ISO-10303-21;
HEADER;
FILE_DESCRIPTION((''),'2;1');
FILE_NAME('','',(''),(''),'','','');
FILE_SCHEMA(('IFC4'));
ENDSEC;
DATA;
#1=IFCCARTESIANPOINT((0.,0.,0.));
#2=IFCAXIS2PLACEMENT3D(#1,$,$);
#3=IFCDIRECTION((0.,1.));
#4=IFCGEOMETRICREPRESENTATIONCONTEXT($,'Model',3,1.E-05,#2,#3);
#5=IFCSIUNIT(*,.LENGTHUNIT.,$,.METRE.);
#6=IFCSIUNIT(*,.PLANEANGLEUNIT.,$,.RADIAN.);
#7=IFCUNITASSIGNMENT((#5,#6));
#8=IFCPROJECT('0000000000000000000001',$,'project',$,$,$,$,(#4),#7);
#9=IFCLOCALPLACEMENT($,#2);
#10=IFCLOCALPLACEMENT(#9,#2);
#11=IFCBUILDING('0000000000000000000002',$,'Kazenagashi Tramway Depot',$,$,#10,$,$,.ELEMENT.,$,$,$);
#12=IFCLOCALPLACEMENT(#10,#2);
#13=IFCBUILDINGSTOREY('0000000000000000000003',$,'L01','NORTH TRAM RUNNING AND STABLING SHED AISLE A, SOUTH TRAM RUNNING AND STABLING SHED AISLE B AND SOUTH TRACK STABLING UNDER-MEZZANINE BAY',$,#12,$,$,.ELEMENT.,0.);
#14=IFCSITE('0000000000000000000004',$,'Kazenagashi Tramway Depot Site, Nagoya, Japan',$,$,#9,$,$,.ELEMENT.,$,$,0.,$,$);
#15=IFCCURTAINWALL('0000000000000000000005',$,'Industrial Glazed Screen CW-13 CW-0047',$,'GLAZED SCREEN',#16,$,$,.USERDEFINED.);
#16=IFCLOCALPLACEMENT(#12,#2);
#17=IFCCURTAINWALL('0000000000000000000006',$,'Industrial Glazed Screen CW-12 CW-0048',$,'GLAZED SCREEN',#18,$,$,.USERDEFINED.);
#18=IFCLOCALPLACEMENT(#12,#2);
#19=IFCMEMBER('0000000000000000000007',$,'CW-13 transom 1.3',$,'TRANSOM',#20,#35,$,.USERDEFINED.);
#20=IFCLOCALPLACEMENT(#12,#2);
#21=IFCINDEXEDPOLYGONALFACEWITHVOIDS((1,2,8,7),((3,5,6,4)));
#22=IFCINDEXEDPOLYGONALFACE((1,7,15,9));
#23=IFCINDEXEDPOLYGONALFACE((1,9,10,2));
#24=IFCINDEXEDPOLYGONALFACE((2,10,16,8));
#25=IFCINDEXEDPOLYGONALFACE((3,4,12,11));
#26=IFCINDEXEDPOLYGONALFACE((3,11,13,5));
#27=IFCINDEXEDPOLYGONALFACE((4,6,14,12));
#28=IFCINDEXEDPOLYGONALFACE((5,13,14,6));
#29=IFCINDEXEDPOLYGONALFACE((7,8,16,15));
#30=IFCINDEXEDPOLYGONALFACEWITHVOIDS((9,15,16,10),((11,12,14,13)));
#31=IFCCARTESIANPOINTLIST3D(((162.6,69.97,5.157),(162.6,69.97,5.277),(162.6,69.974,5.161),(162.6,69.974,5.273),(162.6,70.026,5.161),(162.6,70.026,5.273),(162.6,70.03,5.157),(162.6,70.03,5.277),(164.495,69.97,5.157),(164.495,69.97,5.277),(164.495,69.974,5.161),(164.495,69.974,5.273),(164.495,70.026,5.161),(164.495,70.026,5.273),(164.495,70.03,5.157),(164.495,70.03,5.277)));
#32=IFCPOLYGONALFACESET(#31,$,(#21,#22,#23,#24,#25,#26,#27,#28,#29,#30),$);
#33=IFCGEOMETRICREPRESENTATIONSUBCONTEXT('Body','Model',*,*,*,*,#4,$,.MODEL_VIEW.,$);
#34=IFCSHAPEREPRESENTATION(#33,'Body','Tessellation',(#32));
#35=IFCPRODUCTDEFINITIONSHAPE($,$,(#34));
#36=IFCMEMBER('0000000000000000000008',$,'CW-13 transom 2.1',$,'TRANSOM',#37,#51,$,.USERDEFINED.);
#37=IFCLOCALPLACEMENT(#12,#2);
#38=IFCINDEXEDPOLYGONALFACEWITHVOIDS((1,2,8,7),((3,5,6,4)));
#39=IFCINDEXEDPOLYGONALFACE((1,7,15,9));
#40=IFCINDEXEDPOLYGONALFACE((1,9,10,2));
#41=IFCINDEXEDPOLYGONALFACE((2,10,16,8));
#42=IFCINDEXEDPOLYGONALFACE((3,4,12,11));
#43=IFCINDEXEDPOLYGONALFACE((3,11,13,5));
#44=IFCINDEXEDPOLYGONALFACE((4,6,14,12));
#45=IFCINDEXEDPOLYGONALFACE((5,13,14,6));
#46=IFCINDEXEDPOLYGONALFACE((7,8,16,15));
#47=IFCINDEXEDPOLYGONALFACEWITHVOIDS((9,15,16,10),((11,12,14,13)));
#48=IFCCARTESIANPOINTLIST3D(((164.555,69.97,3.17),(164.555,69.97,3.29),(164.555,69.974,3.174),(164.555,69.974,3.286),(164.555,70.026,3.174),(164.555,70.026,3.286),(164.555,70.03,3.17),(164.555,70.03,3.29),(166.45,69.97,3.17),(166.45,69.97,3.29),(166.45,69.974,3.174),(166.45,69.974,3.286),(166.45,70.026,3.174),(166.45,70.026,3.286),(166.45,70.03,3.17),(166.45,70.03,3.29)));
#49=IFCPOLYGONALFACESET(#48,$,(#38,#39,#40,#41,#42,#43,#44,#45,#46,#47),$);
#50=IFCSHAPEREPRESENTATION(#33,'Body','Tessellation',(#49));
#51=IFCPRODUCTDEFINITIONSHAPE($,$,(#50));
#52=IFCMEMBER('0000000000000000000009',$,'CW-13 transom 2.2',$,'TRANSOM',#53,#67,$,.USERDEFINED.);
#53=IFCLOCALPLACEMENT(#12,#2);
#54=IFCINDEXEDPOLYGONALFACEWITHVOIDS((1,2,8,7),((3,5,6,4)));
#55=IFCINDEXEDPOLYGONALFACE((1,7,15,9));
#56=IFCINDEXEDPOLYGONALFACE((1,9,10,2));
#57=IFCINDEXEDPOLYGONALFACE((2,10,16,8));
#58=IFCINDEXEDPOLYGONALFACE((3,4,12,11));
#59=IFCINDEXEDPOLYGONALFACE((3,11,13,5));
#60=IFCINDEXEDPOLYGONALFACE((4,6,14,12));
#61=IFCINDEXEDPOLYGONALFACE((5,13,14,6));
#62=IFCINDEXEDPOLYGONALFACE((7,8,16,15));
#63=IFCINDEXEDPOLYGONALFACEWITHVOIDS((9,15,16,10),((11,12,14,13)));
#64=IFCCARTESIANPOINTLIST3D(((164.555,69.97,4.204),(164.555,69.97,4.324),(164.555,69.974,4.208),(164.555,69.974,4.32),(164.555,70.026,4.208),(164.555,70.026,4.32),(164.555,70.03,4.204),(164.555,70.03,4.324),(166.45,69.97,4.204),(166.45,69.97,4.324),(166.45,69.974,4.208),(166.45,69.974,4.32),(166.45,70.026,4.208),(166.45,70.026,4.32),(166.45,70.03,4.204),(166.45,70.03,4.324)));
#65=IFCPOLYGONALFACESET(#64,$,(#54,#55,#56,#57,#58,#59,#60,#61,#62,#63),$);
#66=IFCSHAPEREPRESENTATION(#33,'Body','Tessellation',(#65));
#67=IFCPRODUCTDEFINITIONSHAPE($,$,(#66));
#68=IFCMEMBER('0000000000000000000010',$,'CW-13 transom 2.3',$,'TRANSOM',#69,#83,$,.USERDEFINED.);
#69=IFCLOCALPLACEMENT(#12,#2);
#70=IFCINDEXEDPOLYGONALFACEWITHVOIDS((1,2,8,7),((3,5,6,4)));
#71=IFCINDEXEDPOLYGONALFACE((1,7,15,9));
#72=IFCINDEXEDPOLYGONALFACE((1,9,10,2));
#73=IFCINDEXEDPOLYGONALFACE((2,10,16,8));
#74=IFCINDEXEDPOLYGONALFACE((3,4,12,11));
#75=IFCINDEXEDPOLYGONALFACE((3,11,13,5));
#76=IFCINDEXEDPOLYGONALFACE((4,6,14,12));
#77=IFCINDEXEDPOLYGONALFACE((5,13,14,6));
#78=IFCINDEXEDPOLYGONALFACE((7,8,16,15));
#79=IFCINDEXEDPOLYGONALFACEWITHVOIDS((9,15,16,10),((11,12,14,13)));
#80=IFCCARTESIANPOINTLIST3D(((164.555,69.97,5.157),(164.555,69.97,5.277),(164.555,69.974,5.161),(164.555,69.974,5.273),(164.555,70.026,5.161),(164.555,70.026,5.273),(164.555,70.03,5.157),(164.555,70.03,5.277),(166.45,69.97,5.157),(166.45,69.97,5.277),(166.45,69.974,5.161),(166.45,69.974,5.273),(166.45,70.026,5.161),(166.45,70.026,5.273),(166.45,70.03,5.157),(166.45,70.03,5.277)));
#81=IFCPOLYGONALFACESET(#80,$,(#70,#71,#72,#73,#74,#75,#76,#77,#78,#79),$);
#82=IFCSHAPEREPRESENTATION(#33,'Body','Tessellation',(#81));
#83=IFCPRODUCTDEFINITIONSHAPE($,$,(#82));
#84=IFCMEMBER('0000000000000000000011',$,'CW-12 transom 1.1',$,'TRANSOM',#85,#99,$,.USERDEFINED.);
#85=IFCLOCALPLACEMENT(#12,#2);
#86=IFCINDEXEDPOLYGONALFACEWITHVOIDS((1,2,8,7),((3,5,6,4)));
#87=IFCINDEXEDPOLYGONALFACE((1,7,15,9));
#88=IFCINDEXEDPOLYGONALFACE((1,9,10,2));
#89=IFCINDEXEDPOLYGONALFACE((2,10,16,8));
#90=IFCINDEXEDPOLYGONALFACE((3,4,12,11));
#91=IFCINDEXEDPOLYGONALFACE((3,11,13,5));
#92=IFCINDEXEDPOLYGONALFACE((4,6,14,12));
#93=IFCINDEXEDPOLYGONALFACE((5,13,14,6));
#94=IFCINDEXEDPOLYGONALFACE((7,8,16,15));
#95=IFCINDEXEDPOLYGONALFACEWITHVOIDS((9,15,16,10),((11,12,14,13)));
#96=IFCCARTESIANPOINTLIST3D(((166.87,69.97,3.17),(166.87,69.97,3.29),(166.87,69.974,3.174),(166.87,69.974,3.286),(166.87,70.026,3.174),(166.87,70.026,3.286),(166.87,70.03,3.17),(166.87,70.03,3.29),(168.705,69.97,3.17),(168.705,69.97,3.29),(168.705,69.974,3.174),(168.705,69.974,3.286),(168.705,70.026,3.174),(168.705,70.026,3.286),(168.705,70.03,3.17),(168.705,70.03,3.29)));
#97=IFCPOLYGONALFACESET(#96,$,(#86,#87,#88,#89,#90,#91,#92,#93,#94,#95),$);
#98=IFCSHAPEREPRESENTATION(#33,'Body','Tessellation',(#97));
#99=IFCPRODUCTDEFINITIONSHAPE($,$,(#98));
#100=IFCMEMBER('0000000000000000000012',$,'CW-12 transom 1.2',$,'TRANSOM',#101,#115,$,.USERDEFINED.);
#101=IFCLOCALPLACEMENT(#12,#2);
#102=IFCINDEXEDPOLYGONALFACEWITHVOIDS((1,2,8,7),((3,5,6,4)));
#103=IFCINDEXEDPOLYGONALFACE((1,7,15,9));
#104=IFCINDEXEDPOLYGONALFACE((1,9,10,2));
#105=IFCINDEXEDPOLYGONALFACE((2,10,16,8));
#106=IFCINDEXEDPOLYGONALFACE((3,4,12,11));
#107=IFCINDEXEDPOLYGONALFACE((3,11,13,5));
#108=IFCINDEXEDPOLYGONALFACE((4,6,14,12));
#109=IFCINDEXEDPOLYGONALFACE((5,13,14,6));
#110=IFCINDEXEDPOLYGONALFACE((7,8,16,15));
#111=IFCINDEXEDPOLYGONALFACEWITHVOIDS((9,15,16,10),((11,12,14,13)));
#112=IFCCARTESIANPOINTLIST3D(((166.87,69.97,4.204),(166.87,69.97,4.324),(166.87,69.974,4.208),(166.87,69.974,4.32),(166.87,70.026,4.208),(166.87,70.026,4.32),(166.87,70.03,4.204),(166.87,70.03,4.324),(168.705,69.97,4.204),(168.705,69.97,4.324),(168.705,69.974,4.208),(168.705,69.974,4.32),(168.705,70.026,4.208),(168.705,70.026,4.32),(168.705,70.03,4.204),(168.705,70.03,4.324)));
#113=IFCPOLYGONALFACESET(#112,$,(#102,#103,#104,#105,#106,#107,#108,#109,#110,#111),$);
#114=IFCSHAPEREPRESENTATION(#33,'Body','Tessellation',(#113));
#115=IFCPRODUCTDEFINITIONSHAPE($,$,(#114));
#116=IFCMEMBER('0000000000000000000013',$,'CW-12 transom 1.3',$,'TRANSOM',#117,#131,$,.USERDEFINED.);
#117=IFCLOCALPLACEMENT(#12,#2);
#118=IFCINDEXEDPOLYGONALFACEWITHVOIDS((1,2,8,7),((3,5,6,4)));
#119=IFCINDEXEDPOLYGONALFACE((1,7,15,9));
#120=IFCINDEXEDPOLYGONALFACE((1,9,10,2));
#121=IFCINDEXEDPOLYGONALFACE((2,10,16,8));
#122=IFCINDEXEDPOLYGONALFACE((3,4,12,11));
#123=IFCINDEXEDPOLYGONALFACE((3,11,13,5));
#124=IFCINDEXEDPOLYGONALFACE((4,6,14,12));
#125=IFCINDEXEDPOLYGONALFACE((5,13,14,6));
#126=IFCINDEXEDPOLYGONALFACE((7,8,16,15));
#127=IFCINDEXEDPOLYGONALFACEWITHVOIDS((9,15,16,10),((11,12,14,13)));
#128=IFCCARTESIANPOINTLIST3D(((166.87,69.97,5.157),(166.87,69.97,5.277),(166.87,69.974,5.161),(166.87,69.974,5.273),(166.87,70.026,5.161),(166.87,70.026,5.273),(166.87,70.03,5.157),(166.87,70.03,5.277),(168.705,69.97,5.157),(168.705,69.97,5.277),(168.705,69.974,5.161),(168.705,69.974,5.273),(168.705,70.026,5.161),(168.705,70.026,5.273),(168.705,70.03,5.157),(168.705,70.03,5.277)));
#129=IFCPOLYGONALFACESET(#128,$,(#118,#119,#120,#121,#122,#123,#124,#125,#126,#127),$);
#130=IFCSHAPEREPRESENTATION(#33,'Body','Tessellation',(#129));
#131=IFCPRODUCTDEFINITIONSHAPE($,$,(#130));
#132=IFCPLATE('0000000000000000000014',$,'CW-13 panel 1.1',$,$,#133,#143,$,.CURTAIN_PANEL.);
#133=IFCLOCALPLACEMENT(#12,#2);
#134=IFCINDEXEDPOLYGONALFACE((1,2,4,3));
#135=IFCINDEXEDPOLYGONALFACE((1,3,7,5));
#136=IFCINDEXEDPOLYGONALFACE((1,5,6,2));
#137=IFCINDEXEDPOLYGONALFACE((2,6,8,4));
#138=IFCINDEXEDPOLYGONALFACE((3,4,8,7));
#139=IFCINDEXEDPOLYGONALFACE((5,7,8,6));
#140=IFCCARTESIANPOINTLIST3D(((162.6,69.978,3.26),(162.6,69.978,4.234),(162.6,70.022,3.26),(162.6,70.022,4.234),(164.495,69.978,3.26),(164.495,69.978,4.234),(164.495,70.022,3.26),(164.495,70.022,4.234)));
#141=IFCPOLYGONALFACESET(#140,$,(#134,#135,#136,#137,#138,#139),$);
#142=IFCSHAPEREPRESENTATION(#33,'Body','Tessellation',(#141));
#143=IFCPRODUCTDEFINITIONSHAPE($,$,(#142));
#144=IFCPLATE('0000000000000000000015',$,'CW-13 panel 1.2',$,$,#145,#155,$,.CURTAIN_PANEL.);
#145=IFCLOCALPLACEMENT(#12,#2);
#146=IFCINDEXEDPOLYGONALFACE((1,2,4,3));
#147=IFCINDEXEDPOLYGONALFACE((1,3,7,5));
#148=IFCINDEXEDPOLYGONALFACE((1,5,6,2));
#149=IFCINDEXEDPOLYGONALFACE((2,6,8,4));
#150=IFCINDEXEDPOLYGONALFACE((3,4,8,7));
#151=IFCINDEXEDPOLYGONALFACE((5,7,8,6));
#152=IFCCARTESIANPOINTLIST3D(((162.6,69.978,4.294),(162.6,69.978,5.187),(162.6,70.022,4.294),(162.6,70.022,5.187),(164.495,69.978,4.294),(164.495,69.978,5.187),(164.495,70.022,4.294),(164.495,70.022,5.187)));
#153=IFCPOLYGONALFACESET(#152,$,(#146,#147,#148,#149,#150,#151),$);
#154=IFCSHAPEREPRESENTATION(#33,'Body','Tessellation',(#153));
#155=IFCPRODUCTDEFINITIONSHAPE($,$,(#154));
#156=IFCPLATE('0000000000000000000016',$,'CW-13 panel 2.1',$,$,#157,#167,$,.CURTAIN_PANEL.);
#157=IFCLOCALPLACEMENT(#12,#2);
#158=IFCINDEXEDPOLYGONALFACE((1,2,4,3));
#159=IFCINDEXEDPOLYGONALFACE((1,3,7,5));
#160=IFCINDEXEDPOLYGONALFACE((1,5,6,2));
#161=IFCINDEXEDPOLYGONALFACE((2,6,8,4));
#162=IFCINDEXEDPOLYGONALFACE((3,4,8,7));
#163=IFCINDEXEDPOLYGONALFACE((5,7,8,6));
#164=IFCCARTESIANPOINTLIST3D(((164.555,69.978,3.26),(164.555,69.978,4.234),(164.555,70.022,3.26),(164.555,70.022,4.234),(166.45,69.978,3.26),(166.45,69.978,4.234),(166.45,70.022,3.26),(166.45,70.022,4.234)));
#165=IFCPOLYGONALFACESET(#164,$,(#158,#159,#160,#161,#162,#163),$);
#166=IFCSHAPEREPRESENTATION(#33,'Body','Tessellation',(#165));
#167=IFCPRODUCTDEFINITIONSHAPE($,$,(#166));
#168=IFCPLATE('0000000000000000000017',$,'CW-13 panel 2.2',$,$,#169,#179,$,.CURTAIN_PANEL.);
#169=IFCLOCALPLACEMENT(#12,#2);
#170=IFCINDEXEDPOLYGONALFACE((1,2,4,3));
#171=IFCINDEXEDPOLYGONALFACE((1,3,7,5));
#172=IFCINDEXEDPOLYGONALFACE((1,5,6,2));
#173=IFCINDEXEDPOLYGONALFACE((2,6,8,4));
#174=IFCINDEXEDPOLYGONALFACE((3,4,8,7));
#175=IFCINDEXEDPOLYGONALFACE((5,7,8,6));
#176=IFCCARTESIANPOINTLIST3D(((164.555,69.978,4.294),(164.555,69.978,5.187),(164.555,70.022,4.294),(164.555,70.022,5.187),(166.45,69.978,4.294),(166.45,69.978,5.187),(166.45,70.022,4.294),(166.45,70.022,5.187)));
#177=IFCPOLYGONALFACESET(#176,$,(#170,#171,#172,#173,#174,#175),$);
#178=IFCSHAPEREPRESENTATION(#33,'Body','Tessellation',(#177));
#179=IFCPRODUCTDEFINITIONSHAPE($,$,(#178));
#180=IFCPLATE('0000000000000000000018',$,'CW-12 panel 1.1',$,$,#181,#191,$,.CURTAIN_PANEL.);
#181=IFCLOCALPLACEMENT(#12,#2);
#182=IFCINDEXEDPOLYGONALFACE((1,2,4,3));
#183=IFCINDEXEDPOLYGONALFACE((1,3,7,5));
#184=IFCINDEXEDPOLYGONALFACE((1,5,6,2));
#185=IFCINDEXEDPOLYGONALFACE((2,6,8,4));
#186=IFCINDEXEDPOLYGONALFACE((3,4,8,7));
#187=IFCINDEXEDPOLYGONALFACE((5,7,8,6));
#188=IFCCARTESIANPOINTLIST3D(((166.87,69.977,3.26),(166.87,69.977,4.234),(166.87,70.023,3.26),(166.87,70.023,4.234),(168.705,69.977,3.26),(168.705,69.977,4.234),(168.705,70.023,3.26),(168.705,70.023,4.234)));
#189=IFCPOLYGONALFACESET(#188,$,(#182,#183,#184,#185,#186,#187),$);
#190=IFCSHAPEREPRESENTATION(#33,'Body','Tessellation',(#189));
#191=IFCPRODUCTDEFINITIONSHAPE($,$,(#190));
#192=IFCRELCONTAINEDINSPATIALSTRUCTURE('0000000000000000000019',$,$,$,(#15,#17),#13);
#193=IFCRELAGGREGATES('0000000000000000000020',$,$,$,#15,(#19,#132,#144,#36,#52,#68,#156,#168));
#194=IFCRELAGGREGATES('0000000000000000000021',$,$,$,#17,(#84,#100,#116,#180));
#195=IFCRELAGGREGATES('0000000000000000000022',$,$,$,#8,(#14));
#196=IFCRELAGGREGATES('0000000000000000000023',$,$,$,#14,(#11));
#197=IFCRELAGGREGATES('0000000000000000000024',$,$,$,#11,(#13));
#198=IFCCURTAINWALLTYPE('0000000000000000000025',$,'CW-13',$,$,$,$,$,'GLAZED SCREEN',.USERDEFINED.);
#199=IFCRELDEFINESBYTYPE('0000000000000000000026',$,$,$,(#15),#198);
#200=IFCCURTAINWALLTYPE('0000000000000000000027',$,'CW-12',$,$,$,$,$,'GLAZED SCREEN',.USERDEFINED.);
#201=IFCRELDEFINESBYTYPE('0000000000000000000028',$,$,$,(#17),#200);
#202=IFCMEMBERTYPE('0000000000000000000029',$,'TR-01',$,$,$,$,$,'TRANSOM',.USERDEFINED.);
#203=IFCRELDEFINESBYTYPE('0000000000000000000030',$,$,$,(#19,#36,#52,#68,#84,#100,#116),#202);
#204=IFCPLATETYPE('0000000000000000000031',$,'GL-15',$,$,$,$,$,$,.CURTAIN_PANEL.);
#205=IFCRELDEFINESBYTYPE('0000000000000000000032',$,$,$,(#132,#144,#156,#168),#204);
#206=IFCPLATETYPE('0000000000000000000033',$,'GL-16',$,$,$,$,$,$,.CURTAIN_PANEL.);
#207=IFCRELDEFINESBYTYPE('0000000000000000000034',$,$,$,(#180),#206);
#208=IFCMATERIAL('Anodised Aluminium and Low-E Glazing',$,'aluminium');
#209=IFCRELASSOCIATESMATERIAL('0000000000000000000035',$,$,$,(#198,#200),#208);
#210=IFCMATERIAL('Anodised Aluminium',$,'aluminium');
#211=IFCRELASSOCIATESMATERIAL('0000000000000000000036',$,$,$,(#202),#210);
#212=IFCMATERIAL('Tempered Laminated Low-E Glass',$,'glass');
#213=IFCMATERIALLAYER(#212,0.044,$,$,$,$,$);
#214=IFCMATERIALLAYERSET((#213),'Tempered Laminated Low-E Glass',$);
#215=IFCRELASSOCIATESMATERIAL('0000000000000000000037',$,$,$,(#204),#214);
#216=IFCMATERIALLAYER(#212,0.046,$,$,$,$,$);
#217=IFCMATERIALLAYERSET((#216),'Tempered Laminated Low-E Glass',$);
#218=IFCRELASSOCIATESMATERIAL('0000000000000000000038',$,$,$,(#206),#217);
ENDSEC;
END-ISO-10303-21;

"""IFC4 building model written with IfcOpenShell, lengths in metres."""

from ifc_helpers import new_model, si_unit, direction, frame, origin, origin_2d, place, context, subcontext, project, spatial, rectangle, hollow_rectangle, extrude, material, layer, layer_set, material_profile, profile_set, type_object, element, aggregate, save


model = new_model("IFC4")

# Units and contexts
model_context = context("Model", 3, precision=1e-05, world=origin(), true_north=direction((0.0, 1.0)))
body_context = subcontext(model_context, "Body", "Model", "MODEL_VIEW")
ifc_project = project(units=[si_unit("LENGTHUNIT", "METRE"), si_unit("PLANEANGLEUNIT", "RADIAN")], contexts=[model_context])

# Site, building, storey
site_placement = place(None, origin())
site = spatial("IfcSite", under=ifc_project, at=site_placement, Name="Kazenagashi Tramway Depot Site, Nagoya, Japan", CompositionType="ELEMENT", RefElevation=0.0)
building_placement = place(site_placement, origin())
building = spatial("IfcBuilding", under=site, at=building_placement, Name="Kazenagashi Tramway Depot", CompositionType="ELEMENT")
storey_placement = place(building_placement, origin())
storey = spatial("IfcBuildingStorey", under=building, at=storey_placement, Name="L01", Description="NORTH TRAM RUNNING AND STABLING SHED AISLE A, SOUTH TRAM RUNNING AND STABLING SHED AISLE B AND SOUTH TRACK STABLING UNDER-MEZZANINE BAY", CompositionType="ELEMENT", Elevation=0.0)

# Curtain walls
ifc_material_1 = material(Name="Anodised Aluminium and Low-E Glazing", Category="aluminium")
curtain_wall_type_1 = type_object("IfcCurtainWallType", Name="CW-13", ElementType="GLAZED SCREEN", PredefinedType="USERDEFINED", material=ifc_material_1)
curtain_wall_1_placement = place(storey_placement, origin())
curtain_wall_1 = element("IfcCurtainWall", 1, at=curtain_wall_1_placement, inside=storey, type_object=curtain_wall_type_1, Name="Industrial Glazed Screen CW-13 CW-0047", ObjectType="GLAZED SCREEN", PredefinedType="USERDEFINED")
ifc_material_2 = material(Name="Anodised Aluminium", Category="aluminium")
curtain_wall_type_2 = type_object("IfcCurtainWallType", Name="CW-12", ElementType="GLAZED SCREEN", PredefinedType="USERDEFINED", material=ifc_material_1)
curtain_wall_2_placement = place(storey_placement, origin())
curtain_wall_2 = element("IfcCurtainWall", 2, at=curtain_wall_2_placement, inside=storey, type_object=curtain_wall_type_2, Name="Industrial Glazed Screen CW-12 CW-0048", ObjectType="GLAZED SCREEN", PredefinedType="USERDEFINED")

# Members
ifc_material_profile_1 = material_profile(ifc_material_2, hollow_rectangle(XDim=0.06, YDim=0.12, WallThickness=0.004, at=origin_2d()), Name="RHS-120x60x4")
ifc_profile_set_1 = profile_set([ifc_material_profile_1], Name="Anodised Aluminium")
member_type_1 = type_object("IfcMemberType", Name="TR-01", ElementType="TRANSOM", PredefinedType="USERDEFINED", material=ifc_profile_set_1)
member_1_placement = place(storey_placement, frame((162.6, 70.0, 5.217), z_axis=(1.0, 0.0, 0.0), x_axis=(0.0, 1.0, 0.0)))
member_1 = element("IfcMember", 3, at=member_1_placement, type_object=member_type_1, Name="CW-13 transom 1.3", ObjectType="TRANSOM", PredefinedType="USERDEFINED", context=body_context, shape_type="SweptSolid", body=[
    extrude(hollow_rectangle(XDim=0.06, YDim=0.12, WallThickness=0.004, at=origin_2d()), origin(), (0.0, 0.0, 1.0), 1.895),
])
member_2_placement = place(storey_placement, frame((164.555, 70.0, 3.23), z_axis=(1.0, 0.0, 0.0), x_axis=(0.0, 1.0, 0.0)))
member_2 = element("IfcMember", 4, at=member_2_placement, type_object=member_type_1, Name="CW-13 transom 2.1", ObjectType="TRANSOM", PredefinedType="USERDEFINED", context=body_context, shape_type="SweptSolid", body=[
    extrude(hollow_rectangle(XDim=0.06, YDim=0.12, WallThickness=0.004, at=origin_2d()), origin(), (0.0, 0.0, 1.0), 1.895),
])
member_3_placement = place(storey_placement, frame((164.555, 70.0, 4.264), z_axis=(1.0, 0.0, 0.0), x_axis=(0.0, 1.0, 0.0)))
member_3 = element("IfcMember", 5, at=member_3_placement, type_object=member_type_1, Name="CW-13 transom 2.2", ObjectType="TRANSOM", PredefinedType="USERDEFINED", context=body_context, shape_type="SweptSolid", body=[
    extrude(hollow_rectangle(XDim=0.06, YDim=0.12, WallThickness=0.004, at=origin_2d()), origin(), (0.0, 0.0, 1.0), 1.895),
])
member_4_placement = place(storey_placement, frame((164.555, 70.0, 5.217), z_axis=(1.0, 0.0, 0.0), x_axis=(0.0, 1.0, 0.0)))
member_4 = element("IfcMember", 6, at=member_4_placement, type_object=member_type_1, Name="CW-13 transom 2.3", ObjectType="TRANSOM", PredefinedType="USERDEFINED", context=body_context, shape_type="SweptSolid", body=[
    extrude(hollow_rectangle(XDim=0.06, YDim=0.12, WallThickness=0.004, at=origin_2d()), origin(), (0.0, 0.0, 1.0), 1.895),
])
member_5_placement = place(storey_placement, frame((166.87, 70.0, 3.23), z_axis=(1.0, 0.0, 0.0), x_axis=(0.0, 1.0, 0.0)))
member_5 = element("IfcMember", 7, at=member_5_placement, type_object=member_type_1, Name="CW-12 transom 1.1", ObjectType="TRANSOM", PredefinedType="USERDEFINED", context=body_context, shape_type="SweptSolid", body=[
    extrude(hollow_rectangle(XDim=0.06, YDim=0.12, WallThickness=0.004, at=origin_2d()), origin(), (0.0, 0.0, 1.0), 1.835),
])
member_6_placement = place(storey_placement, frame((166.87, 70.0, 4.264), z_axis=(1.0, 0.0, 0.0), x_axis=(0.0, 1.0, 0.0)))
member_6 = element("IfcMember", 8, at=member_6_placement, type_object=member_type_1, Name="CW-12 transom 1.2", ObjectType="TRANSOM", PredefinedType="USERDEFINED", context=body_context, shape_type="SweptSolid", body=[
    extrude(hollow_rectangle(XDim=0.06, YDim=0.12, WallThickness=0.004, at=origin_2d()), origin(), (0.0, 0.0, 1.0), 1.835),
])
member_7_placement = place(storey_placement, frame((166.87, 70.0, 5.217), z_axis=(1.0, 0.0, 0.0), x_axis=(0.0, 1.0, 0.0)))
member_7 = element("IfcMember", 9, at=member_7_placement, type_object=member_type_1, Name="CW-12 transom 1.3", ObjectType="TRANSOM", PredefinedType="USERDEFINED", context=body_context, shape_type="SweptSolid", body=[
    extrude(hollow_rectangle(XDim=0.06, YDim=0.12, WallThickness=0.004, at=origin_2d()), origin(), (0.0, 0.0, 1.0), 1.835),
])

# Plates
ifc_material_3 = material(Name="Tempered Laminated Low-E Glass", Category="glass")
ifc_layer_1 = layer(ifc_material_3, 0.044)
ifc_layer_set_1 = layer_set([ifc_layer_1], Name="Tempered Laminated Low-E Glass")
plate_type_1 = type_object("IfcPlateType", Name="GL-15", PredefinedType="CURTAIN_PANEL", material=ifc_layer_set_1)
plate_1_placement = place(storey_placement, frame((163.5475, 70.0, 3.26), z_axis=(0.0, 0.0, 1.0), x_axis=(1.0, 0.0, 0.0)))
plate_1 = element("IfcPlate", 10, at=plate_1_placement, type_object=plate_type_1, Name="CW-13 panel 1.1", PredefinedType="CURTAIN_PANEL", context=body_context, shape_type="SweptSolid", body=[
    extrude(rectangle(XDim=1.895, YDim=0.044, at=origin_2d()), origin(), (0.0, 0.0, 1.0), 0.974),
])
plate_2_placement = place(storey_placement, frame((163.5475, 70.0, 4.294), z_axis=(0.0, 0.0, 1.0), x_axis=(1.0, 0.0, 0.0)))
plate_2 = element("IfcPlate", 11, at=plate_2_placement, type_object=plate_type_1, Name="CW-13 panel 1.2", PredefinedType="CURTAIN_PANEL", context=body_context, shape_type="SweptSolid", body=[
    extrude(rectangle(XDim=1.895, YDim=0.044, at=origin_2d()), origin(), (0.0, 0.0, 1.0), 0.893),
])
plate_3_placement = place(storey_placement, frame((165.5025, 70.0, 3.26), z_axis=(0.0, 0.0, 1.0), x_axis=(1.0, 0.0, 0.0)))
plate_3 = element("IfcPlate", 12, at=plate_3_placement, type_object=plate_type_1, Name="CW-13 panel 2.1", PredefinedType="CURTAIN_PANEL", context=body_context, shape_type="SweptSolid", body=[
    extrude(rectangle(XDim=1.895, YDim=0.044, at=origin_2d()), origin(), (0.0, 0.0, 1.0), 0.974),
])
plate_4_placement = place(storey_placement, frame((165.5025, 70.0, 4.294), z_axis=(0.0, 0.0, 1.0), x_axis=(1.0, 0.0, 0.0)))
plate_4 = element("IfcPlate", 13, at=plate_4_placement, type_object=plate_type_1, Name="CW-13 panel 2.2", PredefinedType="CURTAIN_PANEL", context=body_context, shape_type="SweptSolid", body=[
    extrude(rectangle(XDim=1.895, YDim=0.044, at=origin_2d()), origin(), (0.0, 0.0, 1.0), 0.893),
])
aggregate(curtain_wall_1, [member_1, plate_1, plate_2, member_2, member_3, member_4, plate_3, plate_4])
ifc_layer_2 = layer(ifc_material_3, 0.046)
ifc_layer_set_2 = layer_set([ifc_layer_2], Name="Tempered Laminated Low-E Glass")
plate_type_2 = type_object("IfcPlateType", Name="GL-16", PredefinedType="CURTAIN_PANEL", material=ifc_layer_set_2)
plate_5_placement = place(storey_placement, frame((167.7875, 70.0, 3.26), z_axis=(0.0, 0.0, 1.0), x_axis=(1.0, 0.0, 0.0)))
plate_5 = element("IfcPlate", 14, at=plate_5_placement, type_object=plate_type_2, Name="CW-12 panel 1.1", PredefinedType="CURTAIN_PANEL", context=body_context, shape_type="SweptSolid", body=[
    extrude(rectangle(XDim=1.835, YDim=0.046, at=origin_2d()), origin(), (0.0, 0.0, 1.0), 0.974),
])
aggregate(curtain_wall_2, [member_5, member_6, member_7, plate_5])

save(model, "model.ifc")
